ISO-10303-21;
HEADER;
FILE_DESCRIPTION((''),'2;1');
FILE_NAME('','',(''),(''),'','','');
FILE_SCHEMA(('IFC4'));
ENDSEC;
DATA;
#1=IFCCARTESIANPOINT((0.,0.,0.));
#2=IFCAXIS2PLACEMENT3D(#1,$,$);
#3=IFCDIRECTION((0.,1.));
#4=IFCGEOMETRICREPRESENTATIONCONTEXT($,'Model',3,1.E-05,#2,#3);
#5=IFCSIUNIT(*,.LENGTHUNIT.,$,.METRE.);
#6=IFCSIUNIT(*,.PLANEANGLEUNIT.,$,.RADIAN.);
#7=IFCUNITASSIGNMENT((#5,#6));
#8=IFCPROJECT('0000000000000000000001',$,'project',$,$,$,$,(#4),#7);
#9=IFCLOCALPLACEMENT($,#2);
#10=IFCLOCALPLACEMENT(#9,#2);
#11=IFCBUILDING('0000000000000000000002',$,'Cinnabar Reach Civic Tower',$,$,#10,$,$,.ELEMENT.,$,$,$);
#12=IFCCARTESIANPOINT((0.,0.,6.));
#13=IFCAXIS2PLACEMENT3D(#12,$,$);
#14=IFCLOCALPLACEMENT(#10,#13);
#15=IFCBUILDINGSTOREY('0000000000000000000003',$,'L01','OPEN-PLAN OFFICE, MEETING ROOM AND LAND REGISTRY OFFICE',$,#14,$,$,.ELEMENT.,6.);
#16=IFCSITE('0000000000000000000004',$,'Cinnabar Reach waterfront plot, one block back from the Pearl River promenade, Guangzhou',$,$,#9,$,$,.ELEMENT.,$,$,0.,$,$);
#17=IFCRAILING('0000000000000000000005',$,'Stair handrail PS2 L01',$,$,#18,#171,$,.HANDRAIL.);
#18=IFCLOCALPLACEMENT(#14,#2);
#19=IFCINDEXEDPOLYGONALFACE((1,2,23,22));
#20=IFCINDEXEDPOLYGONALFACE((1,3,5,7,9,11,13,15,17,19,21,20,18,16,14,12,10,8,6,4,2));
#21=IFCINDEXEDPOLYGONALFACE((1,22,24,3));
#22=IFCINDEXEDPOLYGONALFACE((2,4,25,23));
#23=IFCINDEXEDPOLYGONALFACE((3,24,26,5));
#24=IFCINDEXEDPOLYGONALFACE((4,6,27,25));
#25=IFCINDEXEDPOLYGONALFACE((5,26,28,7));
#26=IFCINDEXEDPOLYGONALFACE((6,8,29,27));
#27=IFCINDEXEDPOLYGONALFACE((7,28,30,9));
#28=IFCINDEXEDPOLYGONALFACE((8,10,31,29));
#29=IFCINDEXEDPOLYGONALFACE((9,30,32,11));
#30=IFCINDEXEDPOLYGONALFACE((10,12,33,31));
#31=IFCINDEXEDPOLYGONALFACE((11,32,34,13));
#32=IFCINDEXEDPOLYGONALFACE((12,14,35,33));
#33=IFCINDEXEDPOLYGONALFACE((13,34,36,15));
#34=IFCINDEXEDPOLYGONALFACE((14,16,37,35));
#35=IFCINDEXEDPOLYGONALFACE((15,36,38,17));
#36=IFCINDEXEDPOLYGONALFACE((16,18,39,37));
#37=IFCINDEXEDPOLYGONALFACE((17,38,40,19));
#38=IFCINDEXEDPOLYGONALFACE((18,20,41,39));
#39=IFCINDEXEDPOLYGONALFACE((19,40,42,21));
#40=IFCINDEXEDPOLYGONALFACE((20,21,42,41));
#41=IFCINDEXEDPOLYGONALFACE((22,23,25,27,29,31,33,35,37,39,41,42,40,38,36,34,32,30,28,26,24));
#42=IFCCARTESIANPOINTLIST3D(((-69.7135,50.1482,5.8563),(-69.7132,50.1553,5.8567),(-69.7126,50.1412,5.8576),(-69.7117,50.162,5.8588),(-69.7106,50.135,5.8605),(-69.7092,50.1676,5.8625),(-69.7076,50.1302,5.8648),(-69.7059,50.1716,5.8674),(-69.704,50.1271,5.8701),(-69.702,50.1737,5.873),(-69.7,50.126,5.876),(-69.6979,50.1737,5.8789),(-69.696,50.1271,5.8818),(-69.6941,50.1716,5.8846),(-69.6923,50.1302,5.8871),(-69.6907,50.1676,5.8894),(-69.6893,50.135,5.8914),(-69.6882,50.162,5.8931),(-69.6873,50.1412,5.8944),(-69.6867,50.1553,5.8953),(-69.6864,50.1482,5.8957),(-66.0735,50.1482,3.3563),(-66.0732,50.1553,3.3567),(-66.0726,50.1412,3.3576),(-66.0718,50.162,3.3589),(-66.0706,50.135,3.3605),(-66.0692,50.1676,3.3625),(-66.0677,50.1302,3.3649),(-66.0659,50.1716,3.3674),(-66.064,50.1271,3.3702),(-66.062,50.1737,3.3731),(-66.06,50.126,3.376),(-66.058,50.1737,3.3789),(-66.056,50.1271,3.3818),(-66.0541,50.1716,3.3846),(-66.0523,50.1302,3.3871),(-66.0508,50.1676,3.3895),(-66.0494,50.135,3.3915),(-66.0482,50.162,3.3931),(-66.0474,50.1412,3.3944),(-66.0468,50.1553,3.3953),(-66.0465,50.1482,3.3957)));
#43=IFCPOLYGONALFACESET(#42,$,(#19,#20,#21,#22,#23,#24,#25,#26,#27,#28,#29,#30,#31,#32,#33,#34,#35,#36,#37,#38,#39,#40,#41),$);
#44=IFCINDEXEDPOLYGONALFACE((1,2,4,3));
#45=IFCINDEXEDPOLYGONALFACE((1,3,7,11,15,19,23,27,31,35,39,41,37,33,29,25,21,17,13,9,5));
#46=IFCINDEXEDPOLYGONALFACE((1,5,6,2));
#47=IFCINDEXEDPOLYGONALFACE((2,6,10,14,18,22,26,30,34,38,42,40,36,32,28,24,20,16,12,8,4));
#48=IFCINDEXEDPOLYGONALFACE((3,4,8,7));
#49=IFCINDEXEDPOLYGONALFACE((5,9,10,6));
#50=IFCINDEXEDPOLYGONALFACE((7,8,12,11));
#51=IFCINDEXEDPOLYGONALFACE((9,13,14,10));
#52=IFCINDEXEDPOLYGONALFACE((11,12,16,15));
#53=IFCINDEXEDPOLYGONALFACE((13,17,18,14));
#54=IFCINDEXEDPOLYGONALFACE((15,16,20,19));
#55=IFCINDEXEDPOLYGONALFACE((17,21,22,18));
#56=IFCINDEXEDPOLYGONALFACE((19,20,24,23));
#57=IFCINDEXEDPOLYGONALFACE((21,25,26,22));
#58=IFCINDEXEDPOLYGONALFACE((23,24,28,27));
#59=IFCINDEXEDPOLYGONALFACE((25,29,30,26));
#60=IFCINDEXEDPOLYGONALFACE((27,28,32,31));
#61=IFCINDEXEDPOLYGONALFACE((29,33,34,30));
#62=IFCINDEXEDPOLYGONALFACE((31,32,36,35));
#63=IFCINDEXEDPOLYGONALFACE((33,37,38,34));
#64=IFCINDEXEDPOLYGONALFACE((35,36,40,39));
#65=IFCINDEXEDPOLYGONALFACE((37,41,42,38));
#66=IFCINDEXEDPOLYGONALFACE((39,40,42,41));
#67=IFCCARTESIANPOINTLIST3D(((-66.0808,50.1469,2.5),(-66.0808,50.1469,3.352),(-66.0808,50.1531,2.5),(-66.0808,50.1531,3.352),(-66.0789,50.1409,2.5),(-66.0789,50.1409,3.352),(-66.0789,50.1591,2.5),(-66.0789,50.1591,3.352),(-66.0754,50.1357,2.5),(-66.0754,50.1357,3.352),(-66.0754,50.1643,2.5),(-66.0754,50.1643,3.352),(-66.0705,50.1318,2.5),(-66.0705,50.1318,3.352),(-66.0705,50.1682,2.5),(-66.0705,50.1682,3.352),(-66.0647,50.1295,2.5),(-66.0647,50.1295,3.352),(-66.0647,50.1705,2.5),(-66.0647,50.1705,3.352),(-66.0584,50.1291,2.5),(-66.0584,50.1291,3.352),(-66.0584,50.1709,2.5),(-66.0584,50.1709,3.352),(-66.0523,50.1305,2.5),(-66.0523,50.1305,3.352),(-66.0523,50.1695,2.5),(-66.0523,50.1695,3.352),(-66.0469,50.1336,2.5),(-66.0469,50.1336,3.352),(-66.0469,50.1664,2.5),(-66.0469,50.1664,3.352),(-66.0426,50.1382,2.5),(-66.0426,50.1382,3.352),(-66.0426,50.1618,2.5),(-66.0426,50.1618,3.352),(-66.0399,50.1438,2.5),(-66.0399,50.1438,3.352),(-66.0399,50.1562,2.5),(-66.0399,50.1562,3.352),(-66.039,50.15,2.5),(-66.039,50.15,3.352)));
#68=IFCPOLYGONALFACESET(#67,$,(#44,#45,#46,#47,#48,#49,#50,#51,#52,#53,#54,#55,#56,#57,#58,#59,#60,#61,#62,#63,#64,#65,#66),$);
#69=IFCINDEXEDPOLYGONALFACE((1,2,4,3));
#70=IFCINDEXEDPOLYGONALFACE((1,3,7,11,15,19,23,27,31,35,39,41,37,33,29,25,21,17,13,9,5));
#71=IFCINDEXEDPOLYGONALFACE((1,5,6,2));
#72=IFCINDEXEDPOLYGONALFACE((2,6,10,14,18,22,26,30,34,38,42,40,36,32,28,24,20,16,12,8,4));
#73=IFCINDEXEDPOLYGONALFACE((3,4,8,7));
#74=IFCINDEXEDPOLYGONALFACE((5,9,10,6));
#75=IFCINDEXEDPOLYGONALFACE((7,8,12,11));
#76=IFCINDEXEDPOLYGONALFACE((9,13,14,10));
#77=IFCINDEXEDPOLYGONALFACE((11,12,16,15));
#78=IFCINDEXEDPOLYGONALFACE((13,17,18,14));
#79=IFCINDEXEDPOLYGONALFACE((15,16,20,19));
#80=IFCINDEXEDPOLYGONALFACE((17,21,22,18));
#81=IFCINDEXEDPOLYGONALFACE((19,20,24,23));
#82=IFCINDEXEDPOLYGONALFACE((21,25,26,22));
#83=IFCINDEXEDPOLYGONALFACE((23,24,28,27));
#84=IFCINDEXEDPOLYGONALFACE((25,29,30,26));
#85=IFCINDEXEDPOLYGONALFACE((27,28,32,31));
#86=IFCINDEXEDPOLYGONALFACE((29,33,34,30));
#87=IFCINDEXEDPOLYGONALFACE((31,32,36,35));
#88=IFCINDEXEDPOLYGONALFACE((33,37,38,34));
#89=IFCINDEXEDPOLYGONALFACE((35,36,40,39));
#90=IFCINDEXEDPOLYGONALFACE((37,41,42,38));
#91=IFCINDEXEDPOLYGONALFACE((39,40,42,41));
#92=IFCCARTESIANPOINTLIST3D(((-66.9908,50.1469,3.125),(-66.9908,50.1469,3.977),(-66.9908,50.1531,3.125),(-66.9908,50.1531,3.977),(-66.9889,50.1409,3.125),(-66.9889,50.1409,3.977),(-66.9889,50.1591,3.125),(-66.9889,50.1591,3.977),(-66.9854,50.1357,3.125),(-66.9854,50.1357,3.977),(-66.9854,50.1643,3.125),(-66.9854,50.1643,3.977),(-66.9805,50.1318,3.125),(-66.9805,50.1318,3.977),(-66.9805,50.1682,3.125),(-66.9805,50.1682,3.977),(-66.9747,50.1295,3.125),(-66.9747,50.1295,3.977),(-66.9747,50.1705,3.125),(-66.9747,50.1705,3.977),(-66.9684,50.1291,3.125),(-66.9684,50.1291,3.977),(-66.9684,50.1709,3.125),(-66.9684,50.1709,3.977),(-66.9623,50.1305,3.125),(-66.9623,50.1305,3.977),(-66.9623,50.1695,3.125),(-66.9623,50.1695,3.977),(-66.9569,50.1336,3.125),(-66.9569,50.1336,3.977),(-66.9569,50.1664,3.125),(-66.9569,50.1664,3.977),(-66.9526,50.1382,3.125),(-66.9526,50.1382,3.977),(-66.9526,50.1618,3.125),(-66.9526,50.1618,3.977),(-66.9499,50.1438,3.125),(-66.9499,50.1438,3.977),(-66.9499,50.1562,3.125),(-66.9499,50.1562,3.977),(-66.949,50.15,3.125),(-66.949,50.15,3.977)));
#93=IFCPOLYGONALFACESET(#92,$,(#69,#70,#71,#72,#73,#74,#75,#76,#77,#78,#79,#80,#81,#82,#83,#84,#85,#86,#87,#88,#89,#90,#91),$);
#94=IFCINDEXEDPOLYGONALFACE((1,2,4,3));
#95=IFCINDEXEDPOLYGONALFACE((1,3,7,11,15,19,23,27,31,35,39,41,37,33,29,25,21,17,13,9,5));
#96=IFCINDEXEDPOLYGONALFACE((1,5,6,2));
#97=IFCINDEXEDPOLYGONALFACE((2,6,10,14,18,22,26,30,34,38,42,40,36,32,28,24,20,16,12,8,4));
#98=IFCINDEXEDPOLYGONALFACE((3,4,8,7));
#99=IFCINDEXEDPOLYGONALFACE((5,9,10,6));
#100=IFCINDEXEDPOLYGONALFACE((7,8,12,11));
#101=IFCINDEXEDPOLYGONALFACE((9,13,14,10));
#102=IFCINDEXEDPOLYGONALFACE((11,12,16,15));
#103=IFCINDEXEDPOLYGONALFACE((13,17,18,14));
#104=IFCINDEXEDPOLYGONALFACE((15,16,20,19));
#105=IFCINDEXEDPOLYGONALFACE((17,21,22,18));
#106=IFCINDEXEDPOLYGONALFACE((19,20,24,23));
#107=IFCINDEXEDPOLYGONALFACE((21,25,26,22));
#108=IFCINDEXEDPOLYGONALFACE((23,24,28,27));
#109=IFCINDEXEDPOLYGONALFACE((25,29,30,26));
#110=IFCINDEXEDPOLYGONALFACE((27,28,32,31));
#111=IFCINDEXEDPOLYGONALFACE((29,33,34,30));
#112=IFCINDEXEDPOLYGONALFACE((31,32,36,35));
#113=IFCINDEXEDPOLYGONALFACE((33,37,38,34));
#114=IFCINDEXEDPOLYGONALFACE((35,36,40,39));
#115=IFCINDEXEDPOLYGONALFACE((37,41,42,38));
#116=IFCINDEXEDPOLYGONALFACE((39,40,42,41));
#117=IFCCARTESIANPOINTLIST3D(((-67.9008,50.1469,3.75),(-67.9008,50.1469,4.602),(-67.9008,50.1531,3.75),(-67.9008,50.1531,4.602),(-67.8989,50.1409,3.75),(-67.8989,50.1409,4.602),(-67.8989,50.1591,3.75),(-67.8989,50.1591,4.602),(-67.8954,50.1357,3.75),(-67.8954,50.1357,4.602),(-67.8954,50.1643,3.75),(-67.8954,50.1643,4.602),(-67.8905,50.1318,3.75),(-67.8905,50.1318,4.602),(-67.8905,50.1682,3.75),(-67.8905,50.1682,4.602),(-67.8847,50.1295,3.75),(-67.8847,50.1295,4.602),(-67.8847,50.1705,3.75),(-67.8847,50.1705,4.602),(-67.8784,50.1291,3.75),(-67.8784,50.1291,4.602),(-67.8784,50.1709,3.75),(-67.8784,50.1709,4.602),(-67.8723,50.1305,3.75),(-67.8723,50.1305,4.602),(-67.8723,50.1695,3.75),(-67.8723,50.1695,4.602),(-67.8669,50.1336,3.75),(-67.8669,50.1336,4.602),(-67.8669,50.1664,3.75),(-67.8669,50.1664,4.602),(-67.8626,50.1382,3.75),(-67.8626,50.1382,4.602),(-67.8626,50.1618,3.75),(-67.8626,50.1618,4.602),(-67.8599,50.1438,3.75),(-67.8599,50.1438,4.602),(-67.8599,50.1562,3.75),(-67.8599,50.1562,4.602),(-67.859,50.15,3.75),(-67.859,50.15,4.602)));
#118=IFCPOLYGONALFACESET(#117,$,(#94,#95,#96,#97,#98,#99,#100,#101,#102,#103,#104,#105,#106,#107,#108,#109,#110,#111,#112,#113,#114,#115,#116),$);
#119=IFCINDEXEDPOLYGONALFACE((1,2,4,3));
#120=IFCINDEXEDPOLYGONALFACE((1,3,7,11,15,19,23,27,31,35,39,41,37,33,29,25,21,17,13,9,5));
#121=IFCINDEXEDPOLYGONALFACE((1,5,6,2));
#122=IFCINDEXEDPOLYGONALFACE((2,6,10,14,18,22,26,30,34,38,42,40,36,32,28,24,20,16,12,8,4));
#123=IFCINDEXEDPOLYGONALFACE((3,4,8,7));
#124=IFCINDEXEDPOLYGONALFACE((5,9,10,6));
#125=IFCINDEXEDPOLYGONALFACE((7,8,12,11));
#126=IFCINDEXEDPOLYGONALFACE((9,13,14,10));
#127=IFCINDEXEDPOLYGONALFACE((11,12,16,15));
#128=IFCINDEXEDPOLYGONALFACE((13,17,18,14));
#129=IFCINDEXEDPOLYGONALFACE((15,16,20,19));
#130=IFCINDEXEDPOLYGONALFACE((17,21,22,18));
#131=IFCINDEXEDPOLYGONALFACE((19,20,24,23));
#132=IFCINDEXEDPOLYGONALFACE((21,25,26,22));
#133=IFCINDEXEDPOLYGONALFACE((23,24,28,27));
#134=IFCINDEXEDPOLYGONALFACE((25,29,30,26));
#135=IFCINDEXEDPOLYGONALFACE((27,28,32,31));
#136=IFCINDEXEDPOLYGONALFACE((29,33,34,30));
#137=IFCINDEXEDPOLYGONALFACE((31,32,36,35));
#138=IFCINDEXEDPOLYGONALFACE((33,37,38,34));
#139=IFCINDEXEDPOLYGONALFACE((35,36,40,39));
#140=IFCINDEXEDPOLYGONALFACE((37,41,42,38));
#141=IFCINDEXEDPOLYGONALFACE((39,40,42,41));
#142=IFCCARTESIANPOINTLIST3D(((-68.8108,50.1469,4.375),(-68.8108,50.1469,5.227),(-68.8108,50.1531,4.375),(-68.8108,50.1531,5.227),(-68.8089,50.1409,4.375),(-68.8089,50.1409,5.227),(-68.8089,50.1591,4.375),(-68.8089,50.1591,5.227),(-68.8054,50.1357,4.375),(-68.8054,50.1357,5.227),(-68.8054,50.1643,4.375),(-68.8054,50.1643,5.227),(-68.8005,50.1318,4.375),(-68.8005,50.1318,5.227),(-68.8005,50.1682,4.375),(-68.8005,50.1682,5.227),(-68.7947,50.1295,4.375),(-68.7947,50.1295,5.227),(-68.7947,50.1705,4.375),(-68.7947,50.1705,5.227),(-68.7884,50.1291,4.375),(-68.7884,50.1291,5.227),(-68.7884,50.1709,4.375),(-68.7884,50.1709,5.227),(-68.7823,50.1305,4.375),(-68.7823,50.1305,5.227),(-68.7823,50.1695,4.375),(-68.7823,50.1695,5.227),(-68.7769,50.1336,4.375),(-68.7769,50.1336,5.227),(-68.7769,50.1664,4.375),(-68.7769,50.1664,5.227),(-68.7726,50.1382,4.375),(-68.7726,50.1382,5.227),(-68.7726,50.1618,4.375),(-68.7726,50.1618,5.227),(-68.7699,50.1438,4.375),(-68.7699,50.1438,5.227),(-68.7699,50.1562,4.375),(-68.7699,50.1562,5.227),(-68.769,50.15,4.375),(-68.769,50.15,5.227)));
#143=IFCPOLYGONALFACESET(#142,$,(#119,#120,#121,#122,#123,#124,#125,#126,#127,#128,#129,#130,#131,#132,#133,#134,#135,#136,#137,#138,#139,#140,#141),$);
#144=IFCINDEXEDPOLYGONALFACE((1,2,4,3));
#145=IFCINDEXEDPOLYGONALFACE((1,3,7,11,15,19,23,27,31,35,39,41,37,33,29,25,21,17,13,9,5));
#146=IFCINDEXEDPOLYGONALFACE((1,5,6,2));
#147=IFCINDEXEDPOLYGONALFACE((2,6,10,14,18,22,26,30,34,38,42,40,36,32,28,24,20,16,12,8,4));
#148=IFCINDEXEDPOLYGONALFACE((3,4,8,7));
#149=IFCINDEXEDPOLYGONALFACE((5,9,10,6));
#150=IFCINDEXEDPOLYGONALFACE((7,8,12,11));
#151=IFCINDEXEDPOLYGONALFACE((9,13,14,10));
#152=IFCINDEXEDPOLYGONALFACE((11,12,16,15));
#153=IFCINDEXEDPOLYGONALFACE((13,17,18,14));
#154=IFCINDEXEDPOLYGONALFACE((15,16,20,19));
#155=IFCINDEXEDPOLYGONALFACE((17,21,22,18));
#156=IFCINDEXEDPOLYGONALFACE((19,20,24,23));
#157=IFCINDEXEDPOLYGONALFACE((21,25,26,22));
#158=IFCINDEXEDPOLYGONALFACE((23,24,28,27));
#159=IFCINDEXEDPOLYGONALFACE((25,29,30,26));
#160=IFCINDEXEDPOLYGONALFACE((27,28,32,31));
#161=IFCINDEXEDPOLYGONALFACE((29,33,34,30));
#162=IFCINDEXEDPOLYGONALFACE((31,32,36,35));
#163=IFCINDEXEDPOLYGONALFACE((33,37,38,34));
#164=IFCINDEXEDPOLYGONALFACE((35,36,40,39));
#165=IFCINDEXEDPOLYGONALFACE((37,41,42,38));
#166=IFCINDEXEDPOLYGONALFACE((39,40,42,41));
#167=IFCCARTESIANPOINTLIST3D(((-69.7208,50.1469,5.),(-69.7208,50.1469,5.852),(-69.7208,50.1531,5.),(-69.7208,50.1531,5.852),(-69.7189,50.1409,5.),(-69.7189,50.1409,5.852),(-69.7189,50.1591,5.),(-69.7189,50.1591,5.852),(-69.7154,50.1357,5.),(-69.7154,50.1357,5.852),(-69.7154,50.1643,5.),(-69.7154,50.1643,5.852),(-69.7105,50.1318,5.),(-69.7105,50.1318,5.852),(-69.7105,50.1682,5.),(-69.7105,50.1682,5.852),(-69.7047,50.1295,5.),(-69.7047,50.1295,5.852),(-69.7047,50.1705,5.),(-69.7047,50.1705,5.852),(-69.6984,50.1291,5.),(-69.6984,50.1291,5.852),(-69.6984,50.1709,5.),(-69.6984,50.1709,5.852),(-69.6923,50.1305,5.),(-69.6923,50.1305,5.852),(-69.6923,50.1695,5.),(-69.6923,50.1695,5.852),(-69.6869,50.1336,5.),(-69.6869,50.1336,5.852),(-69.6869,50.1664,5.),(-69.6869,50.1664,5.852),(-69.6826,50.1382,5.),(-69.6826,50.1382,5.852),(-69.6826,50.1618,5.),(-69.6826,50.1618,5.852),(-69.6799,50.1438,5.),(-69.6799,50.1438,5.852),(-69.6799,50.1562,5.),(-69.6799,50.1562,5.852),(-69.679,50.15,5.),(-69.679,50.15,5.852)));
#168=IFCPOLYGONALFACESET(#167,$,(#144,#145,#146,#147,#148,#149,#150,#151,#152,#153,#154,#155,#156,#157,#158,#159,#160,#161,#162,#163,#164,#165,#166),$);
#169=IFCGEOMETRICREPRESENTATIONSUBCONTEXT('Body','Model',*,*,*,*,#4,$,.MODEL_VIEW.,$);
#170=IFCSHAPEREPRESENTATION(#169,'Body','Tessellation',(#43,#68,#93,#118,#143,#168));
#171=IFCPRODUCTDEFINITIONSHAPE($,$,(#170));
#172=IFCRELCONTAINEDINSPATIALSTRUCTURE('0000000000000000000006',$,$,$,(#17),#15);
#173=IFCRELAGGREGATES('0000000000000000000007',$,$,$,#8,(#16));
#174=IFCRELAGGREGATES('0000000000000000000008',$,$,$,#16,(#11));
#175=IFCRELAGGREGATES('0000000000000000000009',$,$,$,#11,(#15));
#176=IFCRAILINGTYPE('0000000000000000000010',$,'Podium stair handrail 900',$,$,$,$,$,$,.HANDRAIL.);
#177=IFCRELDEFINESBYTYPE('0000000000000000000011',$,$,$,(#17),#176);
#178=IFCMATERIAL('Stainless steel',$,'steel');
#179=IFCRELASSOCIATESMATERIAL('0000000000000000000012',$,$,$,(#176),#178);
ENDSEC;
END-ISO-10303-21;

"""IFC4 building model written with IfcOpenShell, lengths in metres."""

from ifc_helpers import new_model, si_unit, direction, frame, origin, origin_2d, place, context, subcontext, project, spatial, circle, extrude, material, type_object, element, save


model = new_model("IFC4")

# Units and contexts
model_context = context("Model", 3, precision=1e-05, world=origin(), true_north=direction((0.0, 1.0)))
body_context = subcontext(model_context, "Body", "Model", "MODEL_VIEW")
ifc_project = project(units=[si_unit("LENGTHUNIT", "METRE"), si_unit("PLANEANGLEUNIT", "RADIAN")], contexts=[model_context])

# Site, building, storey
site_placement = place(None, origin())
site = spatial("IfcSite", under=ifc_project, at=site_placement, Name="Cinnabar Reach waterfront plot, one block back from the Pearl River promenade, Guangzhou", CompositionType="ELEMENT", RefElevation=0.0)
building_placement = place(site_placement, origin())
building = spatial("IfcBuilding", under=site, at=building_placement, Name="Cinnabar Reach Civic Tower", CompositionType="ELEMENT")
storey_placement = place(building_placement, frame((0.0, 0.0, 6.0)))
storey = spatial("IfcBuildingStorey", under=building, at=storey_placement, Name="L01", Description="OPEN-PLAN OFFICE, MEETING ROOM AND LAND REGISTRY OFFICE", CompositionType="ELEMENT", Elevation=6.0)

# Railing
ifc_material_1 = material(Name="Stainless steel", Category="steel")
railing_type_1 = type_object("IfcRailingType", Name="Podium stair handrail 900", PredefinedType="HANDRAIL", material=ifc_material_1)
railing_1_placement = place(storey_placement, frame((-66.06, 50.15, 2.5)))
element("IfcRailing", 1, at=railing_1_placement, inside=storey, type_object=railing_type_1, Name="Stair handrail PS2 L01", PredefinedType="HANDRAIL", context=body_context, shape_type="SweptSolid", body=[
    extrude(circle(Radius=0.024, at=origin_2d()), frame((0.0, 0.0, 0.876), z_axis=(-0.824306, 0.0, 0.566144), x_axis=(0.0, -1.0, 0.0)), (0.0, 0.0, 1.0), 4.4158),
    extrude(circle(Radius=0.021, at=origin_2d()), origin(), (0.0, 0.0, 1.0), 0.852),
    extrude(circle(Radius=0.021, at=origin_2d()), frame((-0.91, 0.0, 0.625)), (0.0, 0.0, 1.0), 0.852),
    extrude(circle(Radius=0.021, at=origin_2d()), frame((-1.82, 0.0, 1.25)), (0.0, 0.0, 1.0), 0.852),
    extrude(circle(Radius=0.021, at=origin_2d()), frame((-2.73, 0.0, 1.875)), (0.0, 0.0, 1.0), 0.852),
    extrude(circle(Radius=0.021, at=origin_2d()), frame((-3.64, 0.0, 2.5)), (0.0, 0.0, 1.0), 0.852),
])

save(model, "model.ifc")
